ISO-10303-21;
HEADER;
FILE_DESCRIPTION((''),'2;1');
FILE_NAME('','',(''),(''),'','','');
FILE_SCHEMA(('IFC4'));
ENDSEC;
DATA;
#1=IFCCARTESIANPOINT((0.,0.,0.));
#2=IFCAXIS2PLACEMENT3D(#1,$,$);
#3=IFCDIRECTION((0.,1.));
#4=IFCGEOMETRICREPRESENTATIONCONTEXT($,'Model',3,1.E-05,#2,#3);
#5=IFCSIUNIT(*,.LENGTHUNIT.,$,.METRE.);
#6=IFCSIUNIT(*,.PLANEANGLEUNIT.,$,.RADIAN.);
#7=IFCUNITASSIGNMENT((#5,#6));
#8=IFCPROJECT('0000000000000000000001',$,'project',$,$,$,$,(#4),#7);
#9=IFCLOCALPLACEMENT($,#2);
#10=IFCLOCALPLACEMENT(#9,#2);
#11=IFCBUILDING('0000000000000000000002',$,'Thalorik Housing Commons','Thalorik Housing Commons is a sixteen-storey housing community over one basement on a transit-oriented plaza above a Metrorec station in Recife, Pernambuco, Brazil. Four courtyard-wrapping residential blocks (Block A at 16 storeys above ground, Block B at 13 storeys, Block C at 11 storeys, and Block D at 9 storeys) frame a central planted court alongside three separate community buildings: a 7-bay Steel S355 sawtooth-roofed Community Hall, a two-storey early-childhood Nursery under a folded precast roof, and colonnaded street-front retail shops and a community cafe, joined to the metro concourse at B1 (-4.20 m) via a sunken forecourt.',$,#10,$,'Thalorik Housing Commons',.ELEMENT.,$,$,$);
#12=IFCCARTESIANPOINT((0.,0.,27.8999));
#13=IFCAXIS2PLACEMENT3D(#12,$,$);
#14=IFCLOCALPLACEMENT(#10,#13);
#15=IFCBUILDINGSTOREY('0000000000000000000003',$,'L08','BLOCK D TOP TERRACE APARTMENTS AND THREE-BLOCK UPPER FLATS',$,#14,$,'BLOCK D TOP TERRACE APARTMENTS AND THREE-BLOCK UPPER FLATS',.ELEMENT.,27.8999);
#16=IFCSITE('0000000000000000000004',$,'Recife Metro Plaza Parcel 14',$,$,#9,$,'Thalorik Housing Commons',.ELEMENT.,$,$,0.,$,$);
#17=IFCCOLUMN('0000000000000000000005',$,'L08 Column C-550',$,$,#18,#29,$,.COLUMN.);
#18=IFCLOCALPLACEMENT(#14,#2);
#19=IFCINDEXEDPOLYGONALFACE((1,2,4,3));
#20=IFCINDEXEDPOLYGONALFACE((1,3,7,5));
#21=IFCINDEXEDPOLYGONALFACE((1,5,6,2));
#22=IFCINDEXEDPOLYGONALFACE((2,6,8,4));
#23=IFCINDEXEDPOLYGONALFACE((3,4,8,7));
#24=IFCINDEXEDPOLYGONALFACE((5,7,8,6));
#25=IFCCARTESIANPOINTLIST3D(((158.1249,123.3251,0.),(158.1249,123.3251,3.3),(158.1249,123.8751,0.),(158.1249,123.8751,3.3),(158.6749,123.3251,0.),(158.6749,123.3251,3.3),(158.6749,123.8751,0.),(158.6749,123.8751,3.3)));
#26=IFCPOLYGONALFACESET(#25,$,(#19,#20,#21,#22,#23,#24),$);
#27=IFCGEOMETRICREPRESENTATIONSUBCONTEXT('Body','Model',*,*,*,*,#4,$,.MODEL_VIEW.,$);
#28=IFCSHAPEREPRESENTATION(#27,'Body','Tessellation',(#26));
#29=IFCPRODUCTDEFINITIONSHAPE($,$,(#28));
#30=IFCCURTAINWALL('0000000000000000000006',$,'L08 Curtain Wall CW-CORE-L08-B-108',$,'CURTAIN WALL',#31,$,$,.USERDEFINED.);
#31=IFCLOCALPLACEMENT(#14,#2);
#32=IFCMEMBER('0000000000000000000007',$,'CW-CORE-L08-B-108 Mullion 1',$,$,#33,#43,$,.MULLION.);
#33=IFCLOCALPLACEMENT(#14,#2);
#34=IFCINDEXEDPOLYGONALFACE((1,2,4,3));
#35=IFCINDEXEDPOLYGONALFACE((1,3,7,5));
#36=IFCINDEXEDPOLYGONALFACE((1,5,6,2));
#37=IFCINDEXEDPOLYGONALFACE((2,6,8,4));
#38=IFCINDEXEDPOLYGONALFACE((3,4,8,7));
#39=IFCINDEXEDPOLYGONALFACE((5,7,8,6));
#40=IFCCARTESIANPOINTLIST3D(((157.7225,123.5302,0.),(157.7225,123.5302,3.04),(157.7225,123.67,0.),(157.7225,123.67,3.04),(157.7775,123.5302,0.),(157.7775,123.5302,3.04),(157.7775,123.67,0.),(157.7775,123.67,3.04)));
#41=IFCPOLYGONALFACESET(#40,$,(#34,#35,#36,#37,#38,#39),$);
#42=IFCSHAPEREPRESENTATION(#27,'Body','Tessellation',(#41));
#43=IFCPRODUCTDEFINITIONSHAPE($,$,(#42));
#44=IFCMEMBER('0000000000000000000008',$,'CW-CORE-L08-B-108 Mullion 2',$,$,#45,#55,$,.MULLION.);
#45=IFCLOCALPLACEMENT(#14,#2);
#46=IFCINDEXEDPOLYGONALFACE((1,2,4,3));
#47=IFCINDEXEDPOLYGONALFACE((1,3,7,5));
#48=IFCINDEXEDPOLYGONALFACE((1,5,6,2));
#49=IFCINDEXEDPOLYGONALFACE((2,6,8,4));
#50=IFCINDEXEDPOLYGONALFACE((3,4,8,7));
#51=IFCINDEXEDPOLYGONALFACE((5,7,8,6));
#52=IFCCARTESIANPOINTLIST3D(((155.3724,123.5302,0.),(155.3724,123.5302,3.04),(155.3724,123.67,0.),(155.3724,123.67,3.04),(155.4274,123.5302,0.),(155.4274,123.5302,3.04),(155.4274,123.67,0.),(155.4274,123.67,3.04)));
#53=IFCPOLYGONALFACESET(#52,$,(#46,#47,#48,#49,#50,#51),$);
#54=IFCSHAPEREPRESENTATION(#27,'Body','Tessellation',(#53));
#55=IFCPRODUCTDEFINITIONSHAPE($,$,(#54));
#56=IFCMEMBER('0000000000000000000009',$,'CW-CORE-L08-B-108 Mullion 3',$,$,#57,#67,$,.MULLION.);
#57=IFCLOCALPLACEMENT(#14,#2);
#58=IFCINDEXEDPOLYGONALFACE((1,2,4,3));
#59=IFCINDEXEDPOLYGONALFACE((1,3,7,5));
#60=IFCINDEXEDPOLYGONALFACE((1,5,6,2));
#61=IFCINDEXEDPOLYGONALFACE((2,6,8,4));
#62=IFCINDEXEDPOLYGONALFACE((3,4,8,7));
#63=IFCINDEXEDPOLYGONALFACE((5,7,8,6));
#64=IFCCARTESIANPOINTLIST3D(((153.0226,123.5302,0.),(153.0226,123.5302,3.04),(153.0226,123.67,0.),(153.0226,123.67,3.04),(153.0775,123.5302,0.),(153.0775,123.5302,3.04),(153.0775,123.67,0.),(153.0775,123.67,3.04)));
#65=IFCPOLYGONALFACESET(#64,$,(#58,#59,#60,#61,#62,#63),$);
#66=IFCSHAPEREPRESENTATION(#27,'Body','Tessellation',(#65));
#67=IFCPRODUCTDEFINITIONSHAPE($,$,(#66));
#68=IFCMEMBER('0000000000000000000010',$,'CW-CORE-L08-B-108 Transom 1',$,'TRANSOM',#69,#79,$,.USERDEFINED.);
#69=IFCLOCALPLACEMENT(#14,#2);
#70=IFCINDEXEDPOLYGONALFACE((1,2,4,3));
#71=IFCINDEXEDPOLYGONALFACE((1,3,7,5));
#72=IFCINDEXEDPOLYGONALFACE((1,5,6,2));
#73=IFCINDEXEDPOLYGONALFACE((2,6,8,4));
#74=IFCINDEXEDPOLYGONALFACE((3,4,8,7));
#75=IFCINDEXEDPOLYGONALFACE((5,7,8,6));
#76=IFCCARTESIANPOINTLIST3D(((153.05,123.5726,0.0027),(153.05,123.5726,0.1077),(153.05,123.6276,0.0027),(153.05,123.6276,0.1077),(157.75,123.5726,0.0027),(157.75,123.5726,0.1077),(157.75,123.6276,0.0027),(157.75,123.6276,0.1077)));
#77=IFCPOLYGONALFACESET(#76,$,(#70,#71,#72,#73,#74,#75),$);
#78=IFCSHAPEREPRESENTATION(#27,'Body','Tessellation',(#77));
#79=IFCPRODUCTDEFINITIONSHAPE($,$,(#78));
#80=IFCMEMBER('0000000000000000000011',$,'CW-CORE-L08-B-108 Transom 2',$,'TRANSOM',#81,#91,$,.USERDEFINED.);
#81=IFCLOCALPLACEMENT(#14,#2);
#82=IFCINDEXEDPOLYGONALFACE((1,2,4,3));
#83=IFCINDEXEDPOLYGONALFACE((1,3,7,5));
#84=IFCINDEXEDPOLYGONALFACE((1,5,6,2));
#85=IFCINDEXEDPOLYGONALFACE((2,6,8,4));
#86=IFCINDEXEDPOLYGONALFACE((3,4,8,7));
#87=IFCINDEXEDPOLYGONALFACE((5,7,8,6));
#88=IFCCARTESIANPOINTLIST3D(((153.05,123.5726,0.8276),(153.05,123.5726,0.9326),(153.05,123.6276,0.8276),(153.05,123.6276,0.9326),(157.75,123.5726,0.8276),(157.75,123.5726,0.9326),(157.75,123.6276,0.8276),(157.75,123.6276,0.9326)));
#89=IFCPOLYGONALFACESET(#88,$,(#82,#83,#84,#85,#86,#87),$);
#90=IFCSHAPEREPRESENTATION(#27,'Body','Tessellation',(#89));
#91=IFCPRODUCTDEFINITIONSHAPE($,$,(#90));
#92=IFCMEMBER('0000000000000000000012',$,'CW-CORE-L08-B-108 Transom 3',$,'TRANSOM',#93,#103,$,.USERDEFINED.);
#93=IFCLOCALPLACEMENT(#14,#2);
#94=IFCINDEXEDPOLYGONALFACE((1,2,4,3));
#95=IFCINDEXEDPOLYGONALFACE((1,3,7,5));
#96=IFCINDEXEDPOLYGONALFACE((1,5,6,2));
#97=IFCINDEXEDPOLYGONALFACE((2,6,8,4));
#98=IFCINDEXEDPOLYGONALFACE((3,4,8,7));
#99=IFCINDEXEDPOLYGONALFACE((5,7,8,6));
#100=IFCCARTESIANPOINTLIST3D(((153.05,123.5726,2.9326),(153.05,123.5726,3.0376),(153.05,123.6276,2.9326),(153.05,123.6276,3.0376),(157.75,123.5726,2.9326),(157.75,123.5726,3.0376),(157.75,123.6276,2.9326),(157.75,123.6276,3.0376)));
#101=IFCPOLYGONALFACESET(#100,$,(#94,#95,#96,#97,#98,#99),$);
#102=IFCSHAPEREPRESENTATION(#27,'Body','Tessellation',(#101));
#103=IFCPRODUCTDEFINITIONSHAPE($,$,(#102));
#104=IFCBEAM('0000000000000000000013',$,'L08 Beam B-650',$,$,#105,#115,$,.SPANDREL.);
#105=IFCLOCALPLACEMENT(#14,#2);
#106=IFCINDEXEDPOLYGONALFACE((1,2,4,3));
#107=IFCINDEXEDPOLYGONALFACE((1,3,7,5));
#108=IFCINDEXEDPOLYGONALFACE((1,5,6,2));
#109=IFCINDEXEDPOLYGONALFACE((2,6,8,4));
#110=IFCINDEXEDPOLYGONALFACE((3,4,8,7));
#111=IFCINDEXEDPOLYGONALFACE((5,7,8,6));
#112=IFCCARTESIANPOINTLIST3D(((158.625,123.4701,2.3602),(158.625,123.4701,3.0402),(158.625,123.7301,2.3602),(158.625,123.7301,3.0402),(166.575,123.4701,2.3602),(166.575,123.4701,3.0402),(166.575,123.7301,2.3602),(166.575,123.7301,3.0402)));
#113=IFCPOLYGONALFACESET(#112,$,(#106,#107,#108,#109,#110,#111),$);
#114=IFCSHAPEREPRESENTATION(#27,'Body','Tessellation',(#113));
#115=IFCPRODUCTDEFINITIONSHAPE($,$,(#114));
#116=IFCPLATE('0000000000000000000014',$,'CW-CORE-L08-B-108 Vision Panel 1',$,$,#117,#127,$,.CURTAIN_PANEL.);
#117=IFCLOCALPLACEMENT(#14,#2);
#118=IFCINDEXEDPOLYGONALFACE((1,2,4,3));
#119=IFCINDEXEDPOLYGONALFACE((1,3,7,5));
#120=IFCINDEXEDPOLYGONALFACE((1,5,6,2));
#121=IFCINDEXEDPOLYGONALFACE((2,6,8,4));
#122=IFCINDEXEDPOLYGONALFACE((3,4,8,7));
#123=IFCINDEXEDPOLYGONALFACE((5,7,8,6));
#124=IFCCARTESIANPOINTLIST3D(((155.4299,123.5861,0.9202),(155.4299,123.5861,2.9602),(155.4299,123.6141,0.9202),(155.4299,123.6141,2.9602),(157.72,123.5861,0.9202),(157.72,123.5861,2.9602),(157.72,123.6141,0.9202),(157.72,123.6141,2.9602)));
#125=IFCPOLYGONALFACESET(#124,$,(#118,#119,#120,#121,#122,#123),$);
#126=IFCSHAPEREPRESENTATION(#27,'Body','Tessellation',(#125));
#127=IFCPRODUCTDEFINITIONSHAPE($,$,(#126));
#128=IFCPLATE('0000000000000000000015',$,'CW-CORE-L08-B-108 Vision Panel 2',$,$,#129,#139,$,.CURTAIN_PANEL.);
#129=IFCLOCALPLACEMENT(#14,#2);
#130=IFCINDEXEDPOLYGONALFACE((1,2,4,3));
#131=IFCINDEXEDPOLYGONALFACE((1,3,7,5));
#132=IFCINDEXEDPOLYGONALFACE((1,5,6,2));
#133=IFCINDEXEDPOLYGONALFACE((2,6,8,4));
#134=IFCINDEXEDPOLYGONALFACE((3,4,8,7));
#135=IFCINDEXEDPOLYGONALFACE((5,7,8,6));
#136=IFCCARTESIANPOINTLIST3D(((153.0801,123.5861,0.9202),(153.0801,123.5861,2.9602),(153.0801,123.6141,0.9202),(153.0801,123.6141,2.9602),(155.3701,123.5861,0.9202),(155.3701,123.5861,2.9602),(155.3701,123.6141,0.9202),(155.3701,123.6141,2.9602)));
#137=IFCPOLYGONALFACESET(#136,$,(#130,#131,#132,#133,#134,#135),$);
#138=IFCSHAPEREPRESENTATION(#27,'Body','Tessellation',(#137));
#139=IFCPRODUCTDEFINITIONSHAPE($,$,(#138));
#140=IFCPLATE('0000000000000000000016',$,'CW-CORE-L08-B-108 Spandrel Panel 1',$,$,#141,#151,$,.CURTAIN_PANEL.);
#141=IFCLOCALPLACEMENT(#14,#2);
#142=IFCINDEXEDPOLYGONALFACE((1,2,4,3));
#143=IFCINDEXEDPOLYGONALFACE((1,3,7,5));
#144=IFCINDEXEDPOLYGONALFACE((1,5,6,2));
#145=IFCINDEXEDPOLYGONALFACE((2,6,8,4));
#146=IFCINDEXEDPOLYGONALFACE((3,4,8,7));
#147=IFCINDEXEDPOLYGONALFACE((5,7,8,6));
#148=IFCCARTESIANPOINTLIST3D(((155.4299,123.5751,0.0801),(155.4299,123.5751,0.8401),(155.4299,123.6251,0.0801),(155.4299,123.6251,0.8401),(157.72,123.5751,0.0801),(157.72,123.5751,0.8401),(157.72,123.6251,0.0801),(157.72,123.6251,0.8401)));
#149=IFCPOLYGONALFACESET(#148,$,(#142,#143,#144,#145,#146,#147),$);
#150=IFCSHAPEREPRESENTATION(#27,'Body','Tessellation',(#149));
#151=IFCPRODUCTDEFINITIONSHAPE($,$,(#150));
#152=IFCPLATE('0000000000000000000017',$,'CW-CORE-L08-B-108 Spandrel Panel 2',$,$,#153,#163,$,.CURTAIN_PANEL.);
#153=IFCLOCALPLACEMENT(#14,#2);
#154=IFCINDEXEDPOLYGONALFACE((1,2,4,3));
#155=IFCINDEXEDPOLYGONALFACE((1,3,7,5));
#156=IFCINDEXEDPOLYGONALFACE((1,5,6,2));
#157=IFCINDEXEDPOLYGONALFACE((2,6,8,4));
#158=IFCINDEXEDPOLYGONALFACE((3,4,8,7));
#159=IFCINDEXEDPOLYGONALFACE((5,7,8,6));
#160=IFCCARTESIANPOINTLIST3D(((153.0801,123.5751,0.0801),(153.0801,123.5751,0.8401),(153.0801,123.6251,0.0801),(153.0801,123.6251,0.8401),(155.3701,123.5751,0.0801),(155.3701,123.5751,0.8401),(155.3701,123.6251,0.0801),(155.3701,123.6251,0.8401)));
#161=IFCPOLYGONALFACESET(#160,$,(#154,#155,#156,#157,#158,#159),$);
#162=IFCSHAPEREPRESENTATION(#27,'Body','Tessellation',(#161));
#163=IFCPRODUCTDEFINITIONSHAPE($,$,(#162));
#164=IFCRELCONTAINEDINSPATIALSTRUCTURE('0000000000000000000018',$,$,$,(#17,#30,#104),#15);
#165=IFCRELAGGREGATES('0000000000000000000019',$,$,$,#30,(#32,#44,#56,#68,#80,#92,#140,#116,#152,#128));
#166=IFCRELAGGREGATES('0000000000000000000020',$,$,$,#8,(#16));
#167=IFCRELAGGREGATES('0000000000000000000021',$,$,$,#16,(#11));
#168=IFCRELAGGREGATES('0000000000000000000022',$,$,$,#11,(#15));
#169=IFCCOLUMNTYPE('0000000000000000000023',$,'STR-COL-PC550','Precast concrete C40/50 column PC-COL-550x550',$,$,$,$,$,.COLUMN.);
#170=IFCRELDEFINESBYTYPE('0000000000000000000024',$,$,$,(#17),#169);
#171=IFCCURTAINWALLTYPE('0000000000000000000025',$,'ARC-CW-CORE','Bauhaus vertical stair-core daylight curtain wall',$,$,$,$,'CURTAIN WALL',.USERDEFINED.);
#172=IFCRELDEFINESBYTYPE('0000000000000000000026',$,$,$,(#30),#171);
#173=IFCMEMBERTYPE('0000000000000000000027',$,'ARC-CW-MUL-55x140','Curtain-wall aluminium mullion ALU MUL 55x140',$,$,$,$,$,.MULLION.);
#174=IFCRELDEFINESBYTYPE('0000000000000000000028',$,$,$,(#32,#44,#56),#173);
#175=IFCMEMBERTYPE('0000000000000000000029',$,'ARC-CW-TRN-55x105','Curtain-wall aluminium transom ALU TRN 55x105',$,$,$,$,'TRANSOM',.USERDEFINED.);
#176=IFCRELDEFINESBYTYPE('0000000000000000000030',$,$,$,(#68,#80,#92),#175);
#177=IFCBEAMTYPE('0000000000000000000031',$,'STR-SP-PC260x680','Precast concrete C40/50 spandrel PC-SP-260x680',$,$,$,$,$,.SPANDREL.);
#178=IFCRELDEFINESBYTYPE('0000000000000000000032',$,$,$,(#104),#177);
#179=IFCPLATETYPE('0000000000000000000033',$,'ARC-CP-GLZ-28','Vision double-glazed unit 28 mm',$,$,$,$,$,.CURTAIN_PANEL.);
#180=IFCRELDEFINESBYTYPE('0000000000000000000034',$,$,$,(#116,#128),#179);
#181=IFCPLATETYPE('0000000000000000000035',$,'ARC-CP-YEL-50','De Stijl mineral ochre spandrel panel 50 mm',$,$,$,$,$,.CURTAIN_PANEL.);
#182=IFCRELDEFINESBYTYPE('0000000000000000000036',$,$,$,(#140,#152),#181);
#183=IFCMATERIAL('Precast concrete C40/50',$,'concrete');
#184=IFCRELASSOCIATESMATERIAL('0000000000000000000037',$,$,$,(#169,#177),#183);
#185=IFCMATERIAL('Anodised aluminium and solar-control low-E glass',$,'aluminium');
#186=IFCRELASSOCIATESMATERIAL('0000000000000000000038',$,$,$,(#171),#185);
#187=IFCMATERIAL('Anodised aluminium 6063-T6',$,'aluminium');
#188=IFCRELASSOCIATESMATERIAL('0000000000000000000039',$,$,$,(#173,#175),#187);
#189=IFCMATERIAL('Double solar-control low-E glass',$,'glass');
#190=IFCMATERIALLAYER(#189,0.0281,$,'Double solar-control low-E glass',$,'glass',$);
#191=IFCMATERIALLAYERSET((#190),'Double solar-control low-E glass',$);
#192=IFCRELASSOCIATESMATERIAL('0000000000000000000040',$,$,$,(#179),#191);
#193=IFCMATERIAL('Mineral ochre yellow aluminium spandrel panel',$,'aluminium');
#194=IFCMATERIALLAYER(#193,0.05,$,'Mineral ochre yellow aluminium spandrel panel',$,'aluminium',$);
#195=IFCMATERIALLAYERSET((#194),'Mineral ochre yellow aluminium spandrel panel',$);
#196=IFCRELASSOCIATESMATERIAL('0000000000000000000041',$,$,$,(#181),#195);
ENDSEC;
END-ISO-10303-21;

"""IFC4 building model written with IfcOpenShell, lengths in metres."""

from ifc_helpers import new_model, si_unit, direction, frame, origin, origin_2d, place, context, subcontext, project, spatial, rectangle, extrude, material, layer, layer_set, material_profile, profile_set, type_object, element, aggregate, save


model = new_model("IFC4")

# Units and contexts
model_context = context("Model", 3, precision=1e-05, world=origin(), true_north=direction((0.0, 1.0)))
body_context = subcontext(model_context, "Body", "Model", "MODEL_VIEW")
ifc_project = project(units=[si_unit("LENGTHUNIT", "METRE"), si_unit("PLANEANGLEUNIT", "RADIAN")], contexts=[model_context])

# Site, building, storey
site_placement = place(None, origin())
site = spatial("IfcSite", under=ifc_project, at=site_placement, Name="Recife Metro Plaza Parcel 14", LongName="Thalorik Housing Commons", CompositionType="ELEMENT", RefElevation=0.0)
building_placement = place(site_placement, origin())
building = spatial("IfcBuilding", under=site, at=building_placement, Name="Thalorik Housing Commons", Description="Thalorik Housing Commons is a sixteen-storey housing community over one basement on a transit-oriented plaza above a Metrorec station in Recife, Pernambuco, Brazil. Four courtyard-wrapping residential blocks (Block A at 16 storeys above ground, Block B at 13 storeys, Block C at 11 storeys, and Block D at 9 storeys) frame a central planted court alongside three separate community buildings: a 7-bay Steel S355 sawtooth-roofed Community Hall, a two-storey early-childhood Nursery under a folded precast roof, and colonnaded street-front retail shops and a community cafe, joined to the metro concourse at B1 (-4.20 m) via a sunken forecourt.", LongName="Thalorik Housing Commons", CompositionType="ELEMENT")
storey_placement = place(building_placement, frame((0.0, 0.0, 27.8999)))
storey = spatial("IfcBuildingStorey", under=building, at=storey_placement, Name="L08", Description="BLOCK D TOP TERRACE APARTMENTS AND THREE-BLOCK UPPER FLATS", LongName="BLOCK D TOP TERRACE APARTMENTS AND THREE-BLOCK UPPER FLATS", CompositionType="ELEMENT", Elevation=27.8999)

# Column
ifc_material_1 = material(Name="Precast concrete C40/50", Category="concrete")
ifc_material_profile_1 = material_profile(ifc_material_1, rectangle(XDim=0.55, YDim=0.55, at=origin_2d()), Name="PC 550x550", Category="concrete")
ifc_profile_set_1 = profile_set([ifc_material_profile_1], Name="Precast concrete C40/50")
column_type = type_object("IfcColumnType", Name="STR-COL-PC550", Description="Precast concrete C40/50 column PC-COL-550x550", PredefinedType="COLUMN", material=ifc_profile_set_1)
column_placement = place(storey_placement, frame((158.3999, 123.6001, 0.0), z_axis=(0.0, 0.0, 1.0), x_axis=(1.0, 0.0, 0.0)))
element("IfcColumn", 1, at=column_placement, inside=storey, type_object=column_type, Name="L08 Column C-550", PredefinedType="COLUMN", context=body_context, shape_type="SweptSolid", body=[
    extrude(rectangle(XDim=0.55, YDim=0.55, at=origin_2d()), origin(), (0.0, 0.0, 1.0), 3.3),
])

# Curtain wall, members
ifc_material_2 = material(Name="Anodised aluminium and solar-control low-E glass", Category="aluminium")
curtain_wall_type = type_object("IfcCurtainWallType", Name="ARC-CW-CORE", Description="Bauhaus vertical stair-core daylight curtain wall", ElementType="CURTAIN WALL", PredefinedType="USERDEFINED", material=ifc_material_2)
curtain_wall_placement = place(storey_placement, origin())
curtain_wall = element("IfcCurtainWall", 2, at=curtain_wall_placement, inside=storey, type_object=curtain_wall_type, Name="L08 Curtain Wall CW-CORE-L08-B-108", ObjectType="CURTAIN WALL", PredefinedType="USERDEFINED")
ifc_material_3 = material(Name="Anodised aluminium 6063-T6", Category="aluminium")
ifc_material_profile_2 = material_profile(ifc_material_3, rectangle(XDim=0.0549, YDim=0.1399, at=origin_2d()), Name="ALU MUL 55x140", Category="aluminium")
ifc_profile_set_2 = profile_set([ifc_material_profile_2], Name="Anodised aluminium 6063-T6")
member_type_1 = type_object("IfcMemberType", Name="ARC-CW-MUL-55x140", Description="Curtain-wall aluminium mullion ALU MUL 55x140", PredefinedType="MULLION", material=ifc_profile_set_2)
member_1_placement = place(storey_placement, frame((157.75, 123.6001, 0.0), z_axis=(0.0, 0.0, 1.0), x_axis=(-1.0, 0.0, 0.0)))
member_1 = element("IfcMember", 3, at=member_1_placement, type_object=member_type_1, Name="CW-CORE-L08-B-108 Mullion 1", PredefinedType="MULLION", context=body_context, shape_type="SweptSolid", body=[
    extrude(rectangle(XDim=0.0549, YDim=0.1399, at=origin_2d()), origin(), (0.0, 0.0, 1.0), 3.04),
])
member_2_placement = place(storey_placement, frame((155.3999, 123.6001, 0.0), z_axis=(0.0, 0.0, 1.0), x_axis=(-1.0, 0.0, 0.0)))
member_2 = element("IfcMember", 4, at=member_2_placement, type_object=member_type_1, Name="CW-CORE-L08-B-108 Mullion 2", PredefinedType="MULLION", context=body_context, shape_type="SweptSolid", body=[
    extrude(rectangle(XDim=0.0549, YDim=0.1399, at=origin_2d()), origin(), (0.0, 0.0, 1.0), 3.04),
])
member_3_placement = place(storey_placement, frame((153.05, 123.6001, 0.0), z_axis=(0.0, 0.0, 1.0), x_axis=(-1.0, 0.0, 0.0)))
member_3 = element("IfcMember", 5, at=member_3_placement, type_object=member_type_1, Name="CW-CORE-L08-B-108 Mullion 3", PredefinedType="MULLION", context=body_context, shape_type="SweptSolid", body=[
    extrude(rectangle(XDim=0.0549, YDim=0.1399, at=origin_2d()), origin(), (0.0, 0.0, 1.0), 3.04),
])
ifc_material_profile_3 = material_profile(ifc_material_3, rectangle(XDim=0.0549, YDim=0.105, at=origin_2d()), Name="ALU TRN 55x105", Category="aluminium")
ifc_profile_set_3 = profile_set([ifc_material_profile_3], Name="Anodised aluminium 6063-T6")
member_type_2 = type_object("IfcMemberType", Name="ARC-CW-TRN-55x105", Description="Curtain-wall aluminium transom ALU TRN 55x105", ElementType="TRANSOM", PredefinedType="USERDEFINED", material=ifc_profile_set_3)
member_4_placement = place(storey_placement, frame((157.75, 123.6001, 0.0552), z_axis=(-1.0, 0.0, 0.0), x_axis=(0.0, -1.0, 0.0)))
member_4 = element("IfcMember", 6, at=member_4_placement, type_object=member_type_2, Name="CW-CORE-L08-B-108 Transom 1", ObjectType="TRANSOM", PredefinedType="USERDEFINED", context=body_context, shape_type="SweptSolid", body=[
    extrude(rectangle(XDim=0.0549, YDim=0.105, at=origin_2d()), origin(), (0.0, 0.0, 1.0), 4.7),
])
member_5_placement = place(storey_placement, frame((157.75, 123.6001, 0.8801), z_axis=(-1.0, 0.0, 0.0), x_axis=(0.0, -1.0, 0.0)))
member_5 = element("IfcMember", 7, at=member_5_placement, type_object=member_type_2, Name="CW-CORE-L08-B-108 Transom 2", ObjectType="TRANSOM", PredefinedType="USERDEFINED", context=body_context, shape_type="SweptSolid", body=[
    extrude(rectangle(XDim=0.0549, YDim=0.105, at=origin_2d()), origin(), (0.0, 0.0, 1.0), 4.7),
])
member_6_placement = place(storey_placement, frame((157.75, 123.6001, 2.9851), z_axis=(-1.0, 0.0, 0.0), x_axis=(0.0, -1.0, 0.0)))
member_6 = element("IfcMember", 8, at=member_6_placement, type_object=member_type_2, Name="CW-CORE-L08-B-108 Transom 3", ObjectType="TRANSOM", PredefinedType="USERDEFINED", context=body_context, shape_type="SweptSolid", body=[
    extrude(rectangle(XDim=0.0549, YDim=0.105, at=origin_2d()), origin(), (0.0, 0.0, 1.0), 4.7),
])

# Beam
ifc_material_profile_4 = material_profile(ifc_material_1, rectangle(XDim=0.26, YDim=0.6799, at=origin_2d()), Name="PC SP 260x680", Category="concrete")
ifc_profile_set_4 = profile_set([ifc_material_profile_4], Name="Precast concrete C40/50")
beam_type = type_object("IfcBeamType", Name="STR-SP-PC260x680", Description="Precast concrete C40/50 spandrel PC-SP-260x680", PredefinedType="SPANDREL", material=ifc_profile_set_4)
beam_placement = place(storey_placement, frame((158.625, 123.6001, 2.7002), z_axis=(1.0, 0.0, 0.0), x_axis=(0.0, 1.0, 0.0)))
element("IfcBeam", 9, at=beam_placement, inside=storey, type_object=beam_type, Name="L08 Beam B-650", PredefinedType="SPANDREL", context=body_context, shape_type="SweptSolid", body=[
    extrude(rectangle(XDim=0.26, YDim=0.6799, at=origin_2d()), origin(), (0.0, 0.0, 1.0), 7.95),
])

# Plates
ifc_material_4 = material(Name="Double solar-control low-E glass", Category="glass")
ifc_layer_1 = layer(ifc_material_4, 0.0281, Name="Double solar-control low-E glass", Category="glass")
ifc_layer_set_1 = layer_set([ifc_layer_1], Name="Double solar-control low-E glass")
plate_type_1 = type_object("IfcPlateType", Name="ARC-CP-GLZ-28", Description="Vision double-glazed unit 28 mm", PredefinedType="CURTAIN_PANEL", material=ifc_layer_set_1)
plate_1_placement = place(storey_placement, frame((156.575, 123.6001, 0.9202), z_axis=(0.0, 0.0, 1.0), x_axis=(-1.0, 0.0, 0.0)))
plate_1 = element("IfcPlate", 10, at=plate_1_placement, type_object=plate_type_1, Name="CW-CORE-L08-B-108 Vision Panel 1", PredefinedType="CURTAIN_PANEL", context=body_context, shape_type="SweptSolid", body=[
    extrude(rectangle(XDim=2.29, YDim=0.0281, at=origin_2d()), origin(), (0.0, 0.0, 1.0), 2.04),
])
plate_2_placement = place(storey_placement, frame((154.2251, 123.6001, 0.9202), z_axis=(0.0, 0.0, 1.0), x_axis=(-1.0, 0.0, 0.0)))
plate_2 = element("IfcPlate", 11, at=plate_2_placement, type_object=plate_type_1, Name="CW-CORE-L08-B-108 Vision Panel 2", PredefinedType="CURTAIN_PANEL", context=body_context, shape_type="SweptSolid", body=[
    extrude(rectangle(XDim=2.29, YDim=0.0281, at=origin_2d()), origin(), (0.0, 0.0, 1.0), 2.04),
])
ifc_material_5 = material(Name="Mineral ochre yellow aluminium spandrel panel", Category="aluminium")
ifc_layer_2 = layer(ifc_material_5, 0.05, Name="Mineral ochre yellow aluminium spandrel panel", Category="aluminium")
ifc_layer_set_2 = layer_set([ifc_layer_2], Name="Mineral ochre yellow aluminium spandrel panel")
plate_type_2 = type_object("IfcPlateType", Name="ARC-CP-YEL-50", Description="De Stijl mineral ochre spandrel panel 50 mm", PredefinedType="CURTAIN_PANEL", material=ifc_layer_set_2)
plate_3_placement = place(storey_placement, frame((156.575, 123.6001, 0.0801), z_axis=(0.0, 0.0, 1.0), x_axis=(-1.0, 0.0, 0.0)))
plate_3 = element("IfcPlate", 12, at=plate_3_placement, type_object=plate_type_2, Name="CW-CORE-L08-B-108 Spandrel Panel 1", PredefinedType="CURTAIN_PANEL", context=body_context, shape_type="SweptSolid", body=[
    extrude(rectangle(XDim=2.29, YDim=0.05, at=origin_2d()), origin(), (0.0, 0.0, 1.0), 0.76),
])
plate_4_placement = place(storey_placement, frame((154.2251, 123.6001, 0.0801), z_axis=(0.0, 0.0, 1.0), x_axis=(-1.0, 0.0, 0.0)))
plate_4 = element("IfcPlate", 13, at=plate_4_placement, type_object=plate_type_2, Name="CW-CORE-L08-B-108 Spandrel Panel 2", PredefinedType="CURTAIN_PANEL", context=body_context, shape_type="SweptSolid", body=[
    extrude(rectangle(XDim=2.29, YDim=0.05, at=origin_2d()), origin(), (0.0, 0.0, 1.0), 0.76),
])
aggregate(curtain_wall, [member_1, member_2, member_3, member_4, member_5, member_6, plate_3, plate_1, plate_4, plate_2])

save(model, "model.ifc")
